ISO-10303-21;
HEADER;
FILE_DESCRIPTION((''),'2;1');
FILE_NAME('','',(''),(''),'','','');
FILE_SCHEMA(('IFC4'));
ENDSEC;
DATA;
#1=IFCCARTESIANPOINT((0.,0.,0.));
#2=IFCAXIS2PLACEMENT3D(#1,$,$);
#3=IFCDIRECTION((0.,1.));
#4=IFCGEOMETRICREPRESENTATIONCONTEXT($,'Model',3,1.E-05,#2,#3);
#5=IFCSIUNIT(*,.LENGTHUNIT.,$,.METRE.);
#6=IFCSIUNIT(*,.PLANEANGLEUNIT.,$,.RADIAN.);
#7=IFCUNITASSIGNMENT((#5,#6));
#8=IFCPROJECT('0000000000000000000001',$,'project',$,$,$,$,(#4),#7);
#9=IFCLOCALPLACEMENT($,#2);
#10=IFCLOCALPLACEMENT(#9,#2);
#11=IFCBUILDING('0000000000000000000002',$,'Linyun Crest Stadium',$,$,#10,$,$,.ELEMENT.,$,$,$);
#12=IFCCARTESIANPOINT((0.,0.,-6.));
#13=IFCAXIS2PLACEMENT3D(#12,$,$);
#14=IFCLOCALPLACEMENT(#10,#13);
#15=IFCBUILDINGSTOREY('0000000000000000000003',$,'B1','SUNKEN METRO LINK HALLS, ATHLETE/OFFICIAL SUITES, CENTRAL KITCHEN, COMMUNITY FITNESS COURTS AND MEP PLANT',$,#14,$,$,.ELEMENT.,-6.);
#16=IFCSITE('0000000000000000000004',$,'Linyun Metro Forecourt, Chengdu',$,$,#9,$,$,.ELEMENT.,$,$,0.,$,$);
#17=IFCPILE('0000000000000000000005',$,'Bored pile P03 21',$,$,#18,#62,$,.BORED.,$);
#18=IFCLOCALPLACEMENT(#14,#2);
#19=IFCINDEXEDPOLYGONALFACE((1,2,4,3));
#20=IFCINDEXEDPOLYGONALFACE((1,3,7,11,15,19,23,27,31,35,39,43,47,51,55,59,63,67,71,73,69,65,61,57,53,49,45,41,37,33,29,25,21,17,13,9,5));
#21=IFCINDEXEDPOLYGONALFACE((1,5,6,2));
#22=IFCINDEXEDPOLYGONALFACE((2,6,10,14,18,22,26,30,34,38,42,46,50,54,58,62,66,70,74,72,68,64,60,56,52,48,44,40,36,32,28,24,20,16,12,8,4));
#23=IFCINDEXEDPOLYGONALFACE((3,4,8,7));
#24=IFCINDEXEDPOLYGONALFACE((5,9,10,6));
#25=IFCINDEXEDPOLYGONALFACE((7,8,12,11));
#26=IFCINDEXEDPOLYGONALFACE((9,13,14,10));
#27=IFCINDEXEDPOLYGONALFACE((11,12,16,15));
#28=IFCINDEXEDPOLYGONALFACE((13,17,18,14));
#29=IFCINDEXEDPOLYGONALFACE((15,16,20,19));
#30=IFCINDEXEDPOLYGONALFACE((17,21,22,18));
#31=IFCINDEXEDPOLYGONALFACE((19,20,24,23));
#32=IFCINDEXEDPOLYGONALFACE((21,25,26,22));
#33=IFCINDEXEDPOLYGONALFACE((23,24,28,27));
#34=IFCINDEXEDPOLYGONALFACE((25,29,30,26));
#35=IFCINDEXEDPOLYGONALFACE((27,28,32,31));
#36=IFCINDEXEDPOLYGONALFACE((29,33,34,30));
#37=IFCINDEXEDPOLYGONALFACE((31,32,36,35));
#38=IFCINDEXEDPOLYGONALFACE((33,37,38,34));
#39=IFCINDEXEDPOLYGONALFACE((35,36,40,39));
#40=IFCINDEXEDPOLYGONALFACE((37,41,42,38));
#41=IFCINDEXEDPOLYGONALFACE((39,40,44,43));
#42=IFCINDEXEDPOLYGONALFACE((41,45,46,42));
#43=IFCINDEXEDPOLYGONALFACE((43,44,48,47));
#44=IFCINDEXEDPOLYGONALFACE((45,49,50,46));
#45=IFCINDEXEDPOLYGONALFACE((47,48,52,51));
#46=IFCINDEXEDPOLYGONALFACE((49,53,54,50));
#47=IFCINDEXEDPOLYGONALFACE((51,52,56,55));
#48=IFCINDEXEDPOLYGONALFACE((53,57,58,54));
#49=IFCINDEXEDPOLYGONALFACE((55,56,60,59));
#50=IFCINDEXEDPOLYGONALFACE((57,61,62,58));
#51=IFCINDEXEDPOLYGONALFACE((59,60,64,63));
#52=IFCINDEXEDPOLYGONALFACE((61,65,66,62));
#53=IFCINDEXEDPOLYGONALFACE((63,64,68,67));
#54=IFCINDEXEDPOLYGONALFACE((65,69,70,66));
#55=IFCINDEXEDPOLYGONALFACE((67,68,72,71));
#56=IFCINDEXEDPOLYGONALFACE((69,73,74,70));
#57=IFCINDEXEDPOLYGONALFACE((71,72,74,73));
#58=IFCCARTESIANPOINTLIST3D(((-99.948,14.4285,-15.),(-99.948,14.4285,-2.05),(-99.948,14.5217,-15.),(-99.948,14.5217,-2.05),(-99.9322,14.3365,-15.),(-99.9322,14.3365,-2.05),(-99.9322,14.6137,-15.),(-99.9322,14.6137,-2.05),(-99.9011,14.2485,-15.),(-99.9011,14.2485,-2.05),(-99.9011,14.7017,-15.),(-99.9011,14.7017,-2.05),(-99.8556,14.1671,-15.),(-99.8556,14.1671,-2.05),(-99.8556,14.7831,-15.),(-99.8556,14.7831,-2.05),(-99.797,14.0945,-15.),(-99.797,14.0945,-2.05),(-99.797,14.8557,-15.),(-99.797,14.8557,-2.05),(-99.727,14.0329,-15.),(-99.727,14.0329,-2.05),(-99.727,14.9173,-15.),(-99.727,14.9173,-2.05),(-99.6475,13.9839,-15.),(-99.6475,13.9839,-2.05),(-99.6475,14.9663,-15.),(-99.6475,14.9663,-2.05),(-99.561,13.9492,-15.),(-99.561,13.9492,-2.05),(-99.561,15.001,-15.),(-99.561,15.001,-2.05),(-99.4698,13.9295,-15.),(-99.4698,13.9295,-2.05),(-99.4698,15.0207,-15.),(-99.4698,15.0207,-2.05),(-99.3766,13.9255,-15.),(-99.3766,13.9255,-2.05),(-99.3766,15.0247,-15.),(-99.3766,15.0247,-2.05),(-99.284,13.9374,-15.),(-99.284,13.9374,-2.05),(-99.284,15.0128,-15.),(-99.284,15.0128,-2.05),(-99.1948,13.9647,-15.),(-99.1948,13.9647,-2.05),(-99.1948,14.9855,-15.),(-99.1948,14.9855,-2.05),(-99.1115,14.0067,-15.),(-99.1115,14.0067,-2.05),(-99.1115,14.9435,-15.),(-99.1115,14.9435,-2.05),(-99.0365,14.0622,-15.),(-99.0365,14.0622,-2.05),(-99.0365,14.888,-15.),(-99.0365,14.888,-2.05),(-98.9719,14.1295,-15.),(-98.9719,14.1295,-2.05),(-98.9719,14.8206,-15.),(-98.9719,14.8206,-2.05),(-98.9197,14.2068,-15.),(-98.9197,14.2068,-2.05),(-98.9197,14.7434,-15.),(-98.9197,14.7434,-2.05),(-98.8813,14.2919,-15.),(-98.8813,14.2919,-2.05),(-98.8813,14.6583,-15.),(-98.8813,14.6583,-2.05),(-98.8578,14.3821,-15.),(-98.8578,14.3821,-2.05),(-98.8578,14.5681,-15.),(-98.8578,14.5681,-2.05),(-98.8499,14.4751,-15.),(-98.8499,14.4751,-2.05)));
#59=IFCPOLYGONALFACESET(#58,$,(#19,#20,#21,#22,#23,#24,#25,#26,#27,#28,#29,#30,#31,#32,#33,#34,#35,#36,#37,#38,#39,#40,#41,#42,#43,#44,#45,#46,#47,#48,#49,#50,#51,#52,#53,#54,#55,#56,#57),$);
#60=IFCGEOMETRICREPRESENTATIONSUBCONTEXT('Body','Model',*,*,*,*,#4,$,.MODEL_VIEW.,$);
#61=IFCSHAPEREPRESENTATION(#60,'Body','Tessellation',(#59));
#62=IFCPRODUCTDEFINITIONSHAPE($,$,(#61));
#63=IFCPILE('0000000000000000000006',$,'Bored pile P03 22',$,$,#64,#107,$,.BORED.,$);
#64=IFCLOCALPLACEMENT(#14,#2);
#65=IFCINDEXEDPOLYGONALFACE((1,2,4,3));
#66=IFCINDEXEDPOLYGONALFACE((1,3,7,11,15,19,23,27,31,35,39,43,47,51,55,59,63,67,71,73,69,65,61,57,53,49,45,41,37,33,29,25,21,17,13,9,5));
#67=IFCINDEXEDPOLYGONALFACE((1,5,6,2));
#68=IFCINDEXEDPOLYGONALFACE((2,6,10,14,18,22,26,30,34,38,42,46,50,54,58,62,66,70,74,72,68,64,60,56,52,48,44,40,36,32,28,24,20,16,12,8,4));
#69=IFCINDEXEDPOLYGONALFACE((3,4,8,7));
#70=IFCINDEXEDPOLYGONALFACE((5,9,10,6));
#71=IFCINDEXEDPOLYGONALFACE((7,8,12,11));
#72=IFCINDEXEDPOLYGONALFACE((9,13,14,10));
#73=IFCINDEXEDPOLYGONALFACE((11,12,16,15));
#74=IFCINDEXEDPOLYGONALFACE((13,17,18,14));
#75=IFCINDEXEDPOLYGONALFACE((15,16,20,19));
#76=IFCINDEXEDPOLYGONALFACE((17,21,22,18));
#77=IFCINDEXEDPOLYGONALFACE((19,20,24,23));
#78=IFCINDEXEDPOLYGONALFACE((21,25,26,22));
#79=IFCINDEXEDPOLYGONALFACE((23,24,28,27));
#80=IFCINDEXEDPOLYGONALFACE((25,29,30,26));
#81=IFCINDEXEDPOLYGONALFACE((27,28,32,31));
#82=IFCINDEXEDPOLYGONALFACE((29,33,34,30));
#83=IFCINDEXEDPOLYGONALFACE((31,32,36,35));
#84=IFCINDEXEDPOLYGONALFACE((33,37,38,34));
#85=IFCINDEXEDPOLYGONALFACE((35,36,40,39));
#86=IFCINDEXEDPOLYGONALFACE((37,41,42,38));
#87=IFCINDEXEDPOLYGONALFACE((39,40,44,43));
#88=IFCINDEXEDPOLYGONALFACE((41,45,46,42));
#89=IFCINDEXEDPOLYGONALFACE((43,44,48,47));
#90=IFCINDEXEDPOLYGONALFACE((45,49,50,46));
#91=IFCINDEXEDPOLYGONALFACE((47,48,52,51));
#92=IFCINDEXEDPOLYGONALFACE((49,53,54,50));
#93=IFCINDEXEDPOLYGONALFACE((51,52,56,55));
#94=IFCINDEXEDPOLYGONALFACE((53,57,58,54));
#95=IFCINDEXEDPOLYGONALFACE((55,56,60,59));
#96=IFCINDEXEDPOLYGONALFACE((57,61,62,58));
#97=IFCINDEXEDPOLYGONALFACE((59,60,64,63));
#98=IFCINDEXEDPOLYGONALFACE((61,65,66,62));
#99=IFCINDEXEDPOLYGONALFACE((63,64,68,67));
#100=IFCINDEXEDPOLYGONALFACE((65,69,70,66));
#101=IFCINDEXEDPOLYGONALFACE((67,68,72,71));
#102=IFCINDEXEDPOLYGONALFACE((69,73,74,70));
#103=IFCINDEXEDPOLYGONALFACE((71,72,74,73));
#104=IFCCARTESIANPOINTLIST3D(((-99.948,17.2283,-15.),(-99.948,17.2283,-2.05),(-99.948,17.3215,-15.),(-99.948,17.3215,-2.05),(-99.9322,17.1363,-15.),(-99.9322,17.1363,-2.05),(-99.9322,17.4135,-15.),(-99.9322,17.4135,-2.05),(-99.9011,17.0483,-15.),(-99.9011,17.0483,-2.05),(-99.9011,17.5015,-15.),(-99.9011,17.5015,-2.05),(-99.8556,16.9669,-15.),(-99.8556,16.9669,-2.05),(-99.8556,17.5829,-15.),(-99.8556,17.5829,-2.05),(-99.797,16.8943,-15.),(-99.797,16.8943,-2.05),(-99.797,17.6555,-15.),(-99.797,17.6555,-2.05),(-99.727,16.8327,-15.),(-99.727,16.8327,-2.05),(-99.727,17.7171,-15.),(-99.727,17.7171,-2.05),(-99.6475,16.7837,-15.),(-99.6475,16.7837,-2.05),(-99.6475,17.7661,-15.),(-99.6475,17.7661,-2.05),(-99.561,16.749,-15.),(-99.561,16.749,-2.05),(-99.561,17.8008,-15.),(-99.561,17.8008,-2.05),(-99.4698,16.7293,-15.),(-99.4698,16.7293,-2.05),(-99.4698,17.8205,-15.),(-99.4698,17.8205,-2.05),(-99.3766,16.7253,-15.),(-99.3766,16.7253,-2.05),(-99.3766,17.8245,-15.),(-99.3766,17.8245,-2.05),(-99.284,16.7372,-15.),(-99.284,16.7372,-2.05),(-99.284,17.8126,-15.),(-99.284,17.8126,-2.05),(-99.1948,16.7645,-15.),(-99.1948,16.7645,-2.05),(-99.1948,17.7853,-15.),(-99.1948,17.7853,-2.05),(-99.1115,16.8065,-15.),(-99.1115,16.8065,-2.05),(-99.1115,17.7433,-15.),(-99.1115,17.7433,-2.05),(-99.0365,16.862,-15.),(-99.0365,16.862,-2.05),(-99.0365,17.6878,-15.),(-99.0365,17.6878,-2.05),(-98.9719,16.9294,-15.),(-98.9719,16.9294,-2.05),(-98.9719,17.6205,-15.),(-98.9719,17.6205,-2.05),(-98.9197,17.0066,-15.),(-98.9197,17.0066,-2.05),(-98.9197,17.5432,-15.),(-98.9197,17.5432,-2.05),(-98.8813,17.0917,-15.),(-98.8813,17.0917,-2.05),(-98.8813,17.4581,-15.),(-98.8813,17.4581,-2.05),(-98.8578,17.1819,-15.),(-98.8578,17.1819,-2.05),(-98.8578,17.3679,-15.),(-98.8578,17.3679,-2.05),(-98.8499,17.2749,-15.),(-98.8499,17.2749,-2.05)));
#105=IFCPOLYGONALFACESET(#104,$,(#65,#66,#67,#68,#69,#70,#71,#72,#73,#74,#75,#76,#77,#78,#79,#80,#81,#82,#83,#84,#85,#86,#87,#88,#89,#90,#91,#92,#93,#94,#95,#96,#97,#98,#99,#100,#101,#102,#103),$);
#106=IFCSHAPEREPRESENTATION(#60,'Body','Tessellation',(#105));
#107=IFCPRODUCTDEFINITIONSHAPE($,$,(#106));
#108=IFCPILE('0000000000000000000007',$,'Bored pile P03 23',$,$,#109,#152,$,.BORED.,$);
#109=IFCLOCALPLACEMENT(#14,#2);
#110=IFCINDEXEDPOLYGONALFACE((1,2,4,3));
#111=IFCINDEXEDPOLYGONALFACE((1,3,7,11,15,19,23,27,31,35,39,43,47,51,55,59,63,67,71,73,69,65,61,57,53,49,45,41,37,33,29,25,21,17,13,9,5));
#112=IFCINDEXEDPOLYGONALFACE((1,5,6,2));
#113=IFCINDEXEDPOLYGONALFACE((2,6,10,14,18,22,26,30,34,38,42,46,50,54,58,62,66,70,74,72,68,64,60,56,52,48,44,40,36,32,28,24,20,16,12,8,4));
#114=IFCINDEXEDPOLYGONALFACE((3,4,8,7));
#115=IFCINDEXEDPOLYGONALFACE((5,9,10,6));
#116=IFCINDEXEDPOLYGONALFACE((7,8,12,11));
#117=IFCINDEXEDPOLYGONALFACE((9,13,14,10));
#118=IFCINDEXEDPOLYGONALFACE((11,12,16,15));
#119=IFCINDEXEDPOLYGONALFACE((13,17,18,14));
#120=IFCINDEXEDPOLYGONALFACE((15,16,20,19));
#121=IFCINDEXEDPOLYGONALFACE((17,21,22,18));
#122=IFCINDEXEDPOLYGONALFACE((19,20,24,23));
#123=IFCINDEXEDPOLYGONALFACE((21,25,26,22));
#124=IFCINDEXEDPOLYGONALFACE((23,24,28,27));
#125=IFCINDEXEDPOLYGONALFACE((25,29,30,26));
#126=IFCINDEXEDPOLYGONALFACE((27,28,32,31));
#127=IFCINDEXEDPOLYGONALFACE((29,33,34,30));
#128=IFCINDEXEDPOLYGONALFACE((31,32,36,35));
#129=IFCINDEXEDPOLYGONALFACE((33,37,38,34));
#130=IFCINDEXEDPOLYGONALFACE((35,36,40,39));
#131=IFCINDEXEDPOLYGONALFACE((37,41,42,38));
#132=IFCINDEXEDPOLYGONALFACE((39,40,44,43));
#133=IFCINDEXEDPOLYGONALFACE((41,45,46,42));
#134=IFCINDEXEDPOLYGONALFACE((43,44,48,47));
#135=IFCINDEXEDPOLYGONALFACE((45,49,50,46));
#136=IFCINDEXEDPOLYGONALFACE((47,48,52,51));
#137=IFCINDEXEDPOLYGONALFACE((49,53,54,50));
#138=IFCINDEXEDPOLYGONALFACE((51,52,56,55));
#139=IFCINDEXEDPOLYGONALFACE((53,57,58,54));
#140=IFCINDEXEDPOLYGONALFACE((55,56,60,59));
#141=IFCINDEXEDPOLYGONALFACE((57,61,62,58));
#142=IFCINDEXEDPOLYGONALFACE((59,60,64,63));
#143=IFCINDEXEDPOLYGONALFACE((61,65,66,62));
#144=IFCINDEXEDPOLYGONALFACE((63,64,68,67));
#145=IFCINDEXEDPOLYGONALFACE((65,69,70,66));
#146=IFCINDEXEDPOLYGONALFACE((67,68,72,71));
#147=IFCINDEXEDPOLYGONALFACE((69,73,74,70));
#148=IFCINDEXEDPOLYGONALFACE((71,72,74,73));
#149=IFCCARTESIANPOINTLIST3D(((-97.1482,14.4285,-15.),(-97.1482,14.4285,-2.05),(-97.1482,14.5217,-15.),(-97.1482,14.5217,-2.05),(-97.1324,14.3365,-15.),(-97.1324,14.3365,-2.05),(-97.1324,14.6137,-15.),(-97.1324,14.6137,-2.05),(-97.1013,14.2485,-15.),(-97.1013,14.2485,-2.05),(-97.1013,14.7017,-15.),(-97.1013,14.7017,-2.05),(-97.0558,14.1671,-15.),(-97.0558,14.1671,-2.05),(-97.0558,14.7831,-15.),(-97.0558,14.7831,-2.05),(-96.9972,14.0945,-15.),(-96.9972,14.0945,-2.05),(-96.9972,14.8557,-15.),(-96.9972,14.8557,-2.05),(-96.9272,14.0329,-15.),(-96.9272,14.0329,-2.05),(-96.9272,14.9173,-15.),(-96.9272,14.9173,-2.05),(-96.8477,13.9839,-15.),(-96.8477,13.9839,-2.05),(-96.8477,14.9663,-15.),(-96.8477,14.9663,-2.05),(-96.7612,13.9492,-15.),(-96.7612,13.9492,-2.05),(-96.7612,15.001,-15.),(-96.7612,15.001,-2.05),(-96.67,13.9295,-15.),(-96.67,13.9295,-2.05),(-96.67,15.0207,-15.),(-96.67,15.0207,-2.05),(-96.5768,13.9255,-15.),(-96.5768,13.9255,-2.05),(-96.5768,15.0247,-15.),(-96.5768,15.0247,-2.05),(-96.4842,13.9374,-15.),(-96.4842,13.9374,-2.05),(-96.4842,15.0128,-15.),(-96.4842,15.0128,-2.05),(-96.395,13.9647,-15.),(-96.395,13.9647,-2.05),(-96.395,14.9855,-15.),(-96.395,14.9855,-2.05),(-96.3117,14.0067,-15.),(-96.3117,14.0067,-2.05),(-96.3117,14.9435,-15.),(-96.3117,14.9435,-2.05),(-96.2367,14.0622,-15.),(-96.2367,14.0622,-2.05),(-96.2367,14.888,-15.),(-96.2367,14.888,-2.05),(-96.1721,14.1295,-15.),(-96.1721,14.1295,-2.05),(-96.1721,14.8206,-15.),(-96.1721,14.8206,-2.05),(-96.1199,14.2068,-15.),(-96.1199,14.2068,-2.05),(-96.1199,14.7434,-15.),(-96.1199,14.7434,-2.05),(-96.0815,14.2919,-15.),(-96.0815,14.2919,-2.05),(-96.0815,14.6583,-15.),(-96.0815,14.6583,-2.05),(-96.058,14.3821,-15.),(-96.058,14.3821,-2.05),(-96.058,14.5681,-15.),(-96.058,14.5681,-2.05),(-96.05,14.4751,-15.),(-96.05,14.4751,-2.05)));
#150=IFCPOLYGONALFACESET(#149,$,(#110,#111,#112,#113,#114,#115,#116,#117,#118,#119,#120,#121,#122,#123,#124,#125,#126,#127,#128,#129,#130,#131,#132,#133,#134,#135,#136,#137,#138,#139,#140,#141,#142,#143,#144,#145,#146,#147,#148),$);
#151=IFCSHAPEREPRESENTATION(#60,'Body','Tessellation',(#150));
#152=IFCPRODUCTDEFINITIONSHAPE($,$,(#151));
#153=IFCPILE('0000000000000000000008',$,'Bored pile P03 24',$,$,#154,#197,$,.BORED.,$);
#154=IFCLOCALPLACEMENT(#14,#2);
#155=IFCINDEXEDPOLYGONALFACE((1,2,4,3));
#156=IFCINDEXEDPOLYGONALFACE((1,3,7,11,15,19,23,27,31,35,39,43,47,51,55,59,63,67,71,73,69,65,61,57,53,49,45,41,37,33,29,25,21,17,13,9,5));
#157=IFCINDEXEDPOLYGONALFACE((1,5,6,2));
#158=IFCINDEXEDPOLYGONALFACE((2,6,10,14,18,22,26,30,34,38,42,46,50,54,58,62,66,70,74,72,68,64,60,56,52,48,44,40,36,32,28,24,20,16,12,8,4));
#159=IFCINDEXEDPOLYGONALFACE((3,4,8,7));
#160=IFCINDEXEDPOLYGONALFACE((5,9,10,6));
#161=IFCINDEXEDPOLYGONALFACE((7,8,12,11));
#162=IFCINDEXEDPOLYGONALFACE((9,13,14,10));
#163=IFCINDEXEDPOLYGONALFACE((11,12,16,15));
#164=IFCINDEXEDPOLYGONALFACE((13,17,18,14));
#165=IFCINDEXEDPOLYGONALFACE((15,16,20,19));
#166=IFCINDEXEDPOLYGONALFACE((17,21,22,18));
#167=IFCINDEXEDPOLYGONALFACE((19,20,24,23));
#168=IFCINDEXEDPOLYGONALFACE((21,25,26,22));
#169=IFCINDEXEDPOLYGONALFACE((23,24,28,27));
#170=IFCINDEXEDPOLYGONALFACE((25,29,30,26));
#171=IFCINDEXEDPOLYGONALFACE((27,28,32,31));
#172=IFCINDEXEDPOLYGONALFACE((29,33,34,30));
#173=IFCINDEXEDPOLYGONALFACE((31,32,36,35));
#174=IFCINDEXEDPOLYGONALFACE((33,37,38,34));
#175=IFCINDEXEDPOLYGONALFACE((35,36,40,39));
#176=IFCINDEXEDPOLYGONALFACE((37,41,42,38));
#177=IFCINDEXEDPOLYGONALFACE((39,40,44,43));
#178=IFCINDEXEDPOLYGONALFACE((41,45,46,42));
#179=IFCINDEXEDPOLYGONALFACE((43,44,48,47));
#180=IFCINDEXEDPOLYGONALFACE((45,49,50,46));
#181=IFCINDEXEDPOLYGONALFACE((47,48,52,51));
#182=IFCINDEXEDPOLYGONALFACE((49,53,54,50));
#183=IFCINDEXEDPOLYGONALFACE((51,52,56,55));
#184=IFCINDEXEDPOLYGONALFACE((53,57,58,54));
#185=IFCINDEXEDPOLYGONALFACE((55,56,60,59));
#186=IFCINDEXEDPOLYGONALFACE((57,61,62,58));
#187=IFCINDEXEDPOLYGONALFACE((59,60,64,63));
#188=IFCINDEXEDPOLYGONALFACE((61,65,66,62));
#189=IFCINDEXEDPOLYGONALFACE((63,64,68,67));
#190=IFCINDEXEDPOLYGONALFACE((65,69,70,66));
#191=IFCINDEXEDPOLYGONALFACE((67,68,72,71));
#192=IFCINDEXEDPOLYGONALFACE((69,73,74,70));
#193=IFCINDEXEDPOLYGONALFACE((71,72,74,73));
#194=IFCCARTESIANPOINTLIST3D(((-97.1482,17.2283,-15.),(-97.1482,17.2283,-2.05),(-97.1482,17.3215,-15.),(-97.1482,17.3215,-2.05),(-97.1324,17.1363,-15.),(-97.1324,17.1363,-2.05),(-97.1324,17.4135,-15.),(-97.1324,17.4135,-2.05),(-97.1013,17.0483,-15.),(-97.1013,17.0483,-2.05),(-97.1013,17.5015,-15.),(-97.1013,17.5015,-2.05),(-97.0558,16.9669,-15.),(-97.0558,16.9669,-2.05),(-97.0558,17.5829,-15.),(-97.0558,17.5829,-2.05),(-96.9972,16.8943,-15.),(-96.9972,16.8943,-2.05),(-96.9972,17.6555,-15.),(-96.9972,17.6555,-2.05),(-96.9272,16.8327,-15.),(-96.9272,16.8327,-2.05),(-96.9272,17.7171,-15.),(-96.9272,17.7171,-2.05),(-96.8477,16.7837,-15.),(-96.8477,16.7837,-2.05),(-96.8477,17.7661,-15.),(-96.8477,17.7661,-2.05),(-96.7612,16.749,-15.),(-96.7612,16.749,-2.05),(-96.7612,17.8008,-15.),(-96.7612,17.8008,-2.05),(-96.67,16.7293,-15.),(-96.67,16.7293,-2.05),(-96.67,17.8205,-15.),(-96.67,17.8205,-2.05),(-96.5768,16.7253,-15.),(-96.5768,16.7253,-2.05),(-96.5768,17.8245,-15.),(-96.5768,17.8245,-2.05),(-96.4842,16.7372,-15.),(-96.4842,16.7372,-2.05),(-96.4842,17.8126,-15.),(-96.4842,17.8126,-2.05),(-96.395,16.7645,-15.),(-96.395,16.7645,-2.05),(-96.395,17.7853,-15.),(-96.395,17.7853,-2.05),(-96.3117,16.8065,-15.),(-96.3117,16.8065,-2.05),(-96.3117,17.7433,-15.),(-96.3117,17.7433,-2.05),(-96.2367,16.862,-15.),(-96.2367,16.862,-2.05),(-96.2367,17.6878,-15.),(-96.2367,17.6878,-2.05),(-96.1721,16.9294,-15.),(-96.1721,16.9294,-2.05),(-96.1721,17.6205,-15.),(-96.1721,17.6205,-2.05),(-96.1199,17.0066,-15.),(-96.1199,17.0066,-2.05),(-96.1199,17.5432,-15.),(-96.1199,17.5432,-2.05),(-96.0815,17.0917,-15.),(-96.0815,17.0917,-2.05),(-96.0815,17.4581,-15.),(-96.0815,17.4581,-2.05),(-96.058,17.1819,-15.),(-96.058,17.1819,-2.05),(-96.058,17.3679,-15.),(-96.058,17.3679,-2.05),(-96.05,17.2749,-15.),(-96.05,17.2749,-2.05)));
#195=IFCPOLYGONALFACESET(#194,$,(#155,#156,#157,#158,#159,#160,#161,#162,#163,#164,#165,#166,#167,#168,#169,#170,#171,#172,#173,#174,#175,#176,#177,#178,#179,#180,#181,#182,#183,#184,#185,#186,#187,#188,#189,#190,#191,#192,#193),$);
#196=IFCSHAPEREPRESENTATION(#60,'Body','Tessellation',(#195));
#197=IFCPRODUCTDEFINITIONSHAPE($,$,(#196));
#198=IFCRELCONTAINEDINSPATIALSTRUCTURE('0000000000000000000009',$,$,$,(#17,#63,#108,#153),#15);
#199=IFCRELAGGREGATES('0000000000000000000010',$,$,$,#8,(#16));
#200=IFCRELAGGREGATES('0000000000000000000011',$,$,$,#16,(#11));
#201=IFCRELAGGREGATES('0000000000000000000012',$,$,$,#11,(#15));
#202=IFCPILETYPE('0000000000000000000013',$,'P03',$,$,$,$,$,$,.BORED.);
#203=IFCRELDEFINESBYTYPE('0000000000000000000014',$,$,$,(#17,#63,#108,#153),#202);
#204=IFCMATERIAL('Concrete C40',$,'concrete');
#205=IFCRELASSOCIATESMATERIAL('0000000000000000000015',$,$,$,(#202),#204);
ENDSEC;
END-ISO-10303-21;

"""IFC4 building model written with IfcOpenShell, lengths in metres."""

from ifc_helpers import new_model, si_unit, direction, frame, origin, origin_2d, place, context, subcontext, project, spatial, circle, extrude, material, material_profile, profile_set, type_object, element, save


model = new_model("IFC4")

# Units and contexts
model_context = context("Model", 3, precision=1e-05, world=origin(), true_north=direction((0.0, 1.0)))
body_context = subcontext(model_context, "Body", "Model", "MODEL_VIEW")
ifc_project = project(units=[si_unit("LENGTHUNIT", "METRE"), si_unit("PLANEANGLEUNIT", "RADIAN")], contexts=[model_context])

# Site, building, storey
site_placement = place(None, origin())
site = spatial("IfcSite", under=ifc_project, at=site_placement, Name="Linyun Metro Forecourt, Chengdu", CompositionType="ELEMENT", RefElevation=0.0)
building_placement = place(site_placement, origin())
building = spatial("IfcBuilding", under=site, at=building_placement, Name="Linyun Crest Stadium", CompositionType="ELEMENT")
storey_placement = place(building_placement, frame((0.0, 0.0, -6.0)))
storey = spatial("IfcBuildingStorey", under=building, at=storey_placement, Name="B1", Description="SUNKEN METRO LINK HALLS, ATHLETE/OFFICIAL SUITES, CENTRAL KITCHEN, COMMUNITY FITNESS COURTS AND MEP PLANT", CompositionType="ELEMENT", Elevation=-6.0)

# Piles
ifc_material_1 = material(Name="Concrete C40", Category="concrete")
ifc_material_profile_1 = material_profile(ifc_material_1, circle(Radius=0.55, at=origin_2d()), Name="BORED PILE 1100")
ifc_profile_set_1 = profile_set([ifc_material_profile_1], Name="Concrete C40")
pile_type = type_object("IfcPileType", Name="P03", PredefinedType="BORED", material=ifc_profile_set_1)
for number, where, z_axis, x_axis, name in (
    (1, (-99.3999, 14.4751, -2.05), (0.0, 0.0, -1.0), (1.0, 0.0, 0.0), "Bored pile P03 21"),
    (2, (-99.3999, 17.2749, -2.05), (0.0, 0.0, -1.0), (1.0, 0.0, 0.0), "Bored pile P03 22"),
    (3, (-96.6001, 14.4751, -2.05), (0.0, 0.0, -1.0), (1.0, 0.0, 0.0), "Bored pile P03 23"),
    (4, (-96.6001, 17.2749, -2.05), (0.0, 0.0, -1.0), (1.0, 0.0, 0.0), "Bored pile P03 24"),
):
    element("IfcPile", number, at=place(storey_placement, frame(where, z_axis=z_axis, x_axis=x_axis)), inside=storey, type_object=pile_type, Name=name, PredefinedType="BORED", context=body_context, shape_type="SweptSolid", body=[
        extrude(circle(Radius=0.55, at=origin_2d()), origin(), (0.0, 0.0, 1.0), 12.95),
    ])

save(model, "model.ifc")
